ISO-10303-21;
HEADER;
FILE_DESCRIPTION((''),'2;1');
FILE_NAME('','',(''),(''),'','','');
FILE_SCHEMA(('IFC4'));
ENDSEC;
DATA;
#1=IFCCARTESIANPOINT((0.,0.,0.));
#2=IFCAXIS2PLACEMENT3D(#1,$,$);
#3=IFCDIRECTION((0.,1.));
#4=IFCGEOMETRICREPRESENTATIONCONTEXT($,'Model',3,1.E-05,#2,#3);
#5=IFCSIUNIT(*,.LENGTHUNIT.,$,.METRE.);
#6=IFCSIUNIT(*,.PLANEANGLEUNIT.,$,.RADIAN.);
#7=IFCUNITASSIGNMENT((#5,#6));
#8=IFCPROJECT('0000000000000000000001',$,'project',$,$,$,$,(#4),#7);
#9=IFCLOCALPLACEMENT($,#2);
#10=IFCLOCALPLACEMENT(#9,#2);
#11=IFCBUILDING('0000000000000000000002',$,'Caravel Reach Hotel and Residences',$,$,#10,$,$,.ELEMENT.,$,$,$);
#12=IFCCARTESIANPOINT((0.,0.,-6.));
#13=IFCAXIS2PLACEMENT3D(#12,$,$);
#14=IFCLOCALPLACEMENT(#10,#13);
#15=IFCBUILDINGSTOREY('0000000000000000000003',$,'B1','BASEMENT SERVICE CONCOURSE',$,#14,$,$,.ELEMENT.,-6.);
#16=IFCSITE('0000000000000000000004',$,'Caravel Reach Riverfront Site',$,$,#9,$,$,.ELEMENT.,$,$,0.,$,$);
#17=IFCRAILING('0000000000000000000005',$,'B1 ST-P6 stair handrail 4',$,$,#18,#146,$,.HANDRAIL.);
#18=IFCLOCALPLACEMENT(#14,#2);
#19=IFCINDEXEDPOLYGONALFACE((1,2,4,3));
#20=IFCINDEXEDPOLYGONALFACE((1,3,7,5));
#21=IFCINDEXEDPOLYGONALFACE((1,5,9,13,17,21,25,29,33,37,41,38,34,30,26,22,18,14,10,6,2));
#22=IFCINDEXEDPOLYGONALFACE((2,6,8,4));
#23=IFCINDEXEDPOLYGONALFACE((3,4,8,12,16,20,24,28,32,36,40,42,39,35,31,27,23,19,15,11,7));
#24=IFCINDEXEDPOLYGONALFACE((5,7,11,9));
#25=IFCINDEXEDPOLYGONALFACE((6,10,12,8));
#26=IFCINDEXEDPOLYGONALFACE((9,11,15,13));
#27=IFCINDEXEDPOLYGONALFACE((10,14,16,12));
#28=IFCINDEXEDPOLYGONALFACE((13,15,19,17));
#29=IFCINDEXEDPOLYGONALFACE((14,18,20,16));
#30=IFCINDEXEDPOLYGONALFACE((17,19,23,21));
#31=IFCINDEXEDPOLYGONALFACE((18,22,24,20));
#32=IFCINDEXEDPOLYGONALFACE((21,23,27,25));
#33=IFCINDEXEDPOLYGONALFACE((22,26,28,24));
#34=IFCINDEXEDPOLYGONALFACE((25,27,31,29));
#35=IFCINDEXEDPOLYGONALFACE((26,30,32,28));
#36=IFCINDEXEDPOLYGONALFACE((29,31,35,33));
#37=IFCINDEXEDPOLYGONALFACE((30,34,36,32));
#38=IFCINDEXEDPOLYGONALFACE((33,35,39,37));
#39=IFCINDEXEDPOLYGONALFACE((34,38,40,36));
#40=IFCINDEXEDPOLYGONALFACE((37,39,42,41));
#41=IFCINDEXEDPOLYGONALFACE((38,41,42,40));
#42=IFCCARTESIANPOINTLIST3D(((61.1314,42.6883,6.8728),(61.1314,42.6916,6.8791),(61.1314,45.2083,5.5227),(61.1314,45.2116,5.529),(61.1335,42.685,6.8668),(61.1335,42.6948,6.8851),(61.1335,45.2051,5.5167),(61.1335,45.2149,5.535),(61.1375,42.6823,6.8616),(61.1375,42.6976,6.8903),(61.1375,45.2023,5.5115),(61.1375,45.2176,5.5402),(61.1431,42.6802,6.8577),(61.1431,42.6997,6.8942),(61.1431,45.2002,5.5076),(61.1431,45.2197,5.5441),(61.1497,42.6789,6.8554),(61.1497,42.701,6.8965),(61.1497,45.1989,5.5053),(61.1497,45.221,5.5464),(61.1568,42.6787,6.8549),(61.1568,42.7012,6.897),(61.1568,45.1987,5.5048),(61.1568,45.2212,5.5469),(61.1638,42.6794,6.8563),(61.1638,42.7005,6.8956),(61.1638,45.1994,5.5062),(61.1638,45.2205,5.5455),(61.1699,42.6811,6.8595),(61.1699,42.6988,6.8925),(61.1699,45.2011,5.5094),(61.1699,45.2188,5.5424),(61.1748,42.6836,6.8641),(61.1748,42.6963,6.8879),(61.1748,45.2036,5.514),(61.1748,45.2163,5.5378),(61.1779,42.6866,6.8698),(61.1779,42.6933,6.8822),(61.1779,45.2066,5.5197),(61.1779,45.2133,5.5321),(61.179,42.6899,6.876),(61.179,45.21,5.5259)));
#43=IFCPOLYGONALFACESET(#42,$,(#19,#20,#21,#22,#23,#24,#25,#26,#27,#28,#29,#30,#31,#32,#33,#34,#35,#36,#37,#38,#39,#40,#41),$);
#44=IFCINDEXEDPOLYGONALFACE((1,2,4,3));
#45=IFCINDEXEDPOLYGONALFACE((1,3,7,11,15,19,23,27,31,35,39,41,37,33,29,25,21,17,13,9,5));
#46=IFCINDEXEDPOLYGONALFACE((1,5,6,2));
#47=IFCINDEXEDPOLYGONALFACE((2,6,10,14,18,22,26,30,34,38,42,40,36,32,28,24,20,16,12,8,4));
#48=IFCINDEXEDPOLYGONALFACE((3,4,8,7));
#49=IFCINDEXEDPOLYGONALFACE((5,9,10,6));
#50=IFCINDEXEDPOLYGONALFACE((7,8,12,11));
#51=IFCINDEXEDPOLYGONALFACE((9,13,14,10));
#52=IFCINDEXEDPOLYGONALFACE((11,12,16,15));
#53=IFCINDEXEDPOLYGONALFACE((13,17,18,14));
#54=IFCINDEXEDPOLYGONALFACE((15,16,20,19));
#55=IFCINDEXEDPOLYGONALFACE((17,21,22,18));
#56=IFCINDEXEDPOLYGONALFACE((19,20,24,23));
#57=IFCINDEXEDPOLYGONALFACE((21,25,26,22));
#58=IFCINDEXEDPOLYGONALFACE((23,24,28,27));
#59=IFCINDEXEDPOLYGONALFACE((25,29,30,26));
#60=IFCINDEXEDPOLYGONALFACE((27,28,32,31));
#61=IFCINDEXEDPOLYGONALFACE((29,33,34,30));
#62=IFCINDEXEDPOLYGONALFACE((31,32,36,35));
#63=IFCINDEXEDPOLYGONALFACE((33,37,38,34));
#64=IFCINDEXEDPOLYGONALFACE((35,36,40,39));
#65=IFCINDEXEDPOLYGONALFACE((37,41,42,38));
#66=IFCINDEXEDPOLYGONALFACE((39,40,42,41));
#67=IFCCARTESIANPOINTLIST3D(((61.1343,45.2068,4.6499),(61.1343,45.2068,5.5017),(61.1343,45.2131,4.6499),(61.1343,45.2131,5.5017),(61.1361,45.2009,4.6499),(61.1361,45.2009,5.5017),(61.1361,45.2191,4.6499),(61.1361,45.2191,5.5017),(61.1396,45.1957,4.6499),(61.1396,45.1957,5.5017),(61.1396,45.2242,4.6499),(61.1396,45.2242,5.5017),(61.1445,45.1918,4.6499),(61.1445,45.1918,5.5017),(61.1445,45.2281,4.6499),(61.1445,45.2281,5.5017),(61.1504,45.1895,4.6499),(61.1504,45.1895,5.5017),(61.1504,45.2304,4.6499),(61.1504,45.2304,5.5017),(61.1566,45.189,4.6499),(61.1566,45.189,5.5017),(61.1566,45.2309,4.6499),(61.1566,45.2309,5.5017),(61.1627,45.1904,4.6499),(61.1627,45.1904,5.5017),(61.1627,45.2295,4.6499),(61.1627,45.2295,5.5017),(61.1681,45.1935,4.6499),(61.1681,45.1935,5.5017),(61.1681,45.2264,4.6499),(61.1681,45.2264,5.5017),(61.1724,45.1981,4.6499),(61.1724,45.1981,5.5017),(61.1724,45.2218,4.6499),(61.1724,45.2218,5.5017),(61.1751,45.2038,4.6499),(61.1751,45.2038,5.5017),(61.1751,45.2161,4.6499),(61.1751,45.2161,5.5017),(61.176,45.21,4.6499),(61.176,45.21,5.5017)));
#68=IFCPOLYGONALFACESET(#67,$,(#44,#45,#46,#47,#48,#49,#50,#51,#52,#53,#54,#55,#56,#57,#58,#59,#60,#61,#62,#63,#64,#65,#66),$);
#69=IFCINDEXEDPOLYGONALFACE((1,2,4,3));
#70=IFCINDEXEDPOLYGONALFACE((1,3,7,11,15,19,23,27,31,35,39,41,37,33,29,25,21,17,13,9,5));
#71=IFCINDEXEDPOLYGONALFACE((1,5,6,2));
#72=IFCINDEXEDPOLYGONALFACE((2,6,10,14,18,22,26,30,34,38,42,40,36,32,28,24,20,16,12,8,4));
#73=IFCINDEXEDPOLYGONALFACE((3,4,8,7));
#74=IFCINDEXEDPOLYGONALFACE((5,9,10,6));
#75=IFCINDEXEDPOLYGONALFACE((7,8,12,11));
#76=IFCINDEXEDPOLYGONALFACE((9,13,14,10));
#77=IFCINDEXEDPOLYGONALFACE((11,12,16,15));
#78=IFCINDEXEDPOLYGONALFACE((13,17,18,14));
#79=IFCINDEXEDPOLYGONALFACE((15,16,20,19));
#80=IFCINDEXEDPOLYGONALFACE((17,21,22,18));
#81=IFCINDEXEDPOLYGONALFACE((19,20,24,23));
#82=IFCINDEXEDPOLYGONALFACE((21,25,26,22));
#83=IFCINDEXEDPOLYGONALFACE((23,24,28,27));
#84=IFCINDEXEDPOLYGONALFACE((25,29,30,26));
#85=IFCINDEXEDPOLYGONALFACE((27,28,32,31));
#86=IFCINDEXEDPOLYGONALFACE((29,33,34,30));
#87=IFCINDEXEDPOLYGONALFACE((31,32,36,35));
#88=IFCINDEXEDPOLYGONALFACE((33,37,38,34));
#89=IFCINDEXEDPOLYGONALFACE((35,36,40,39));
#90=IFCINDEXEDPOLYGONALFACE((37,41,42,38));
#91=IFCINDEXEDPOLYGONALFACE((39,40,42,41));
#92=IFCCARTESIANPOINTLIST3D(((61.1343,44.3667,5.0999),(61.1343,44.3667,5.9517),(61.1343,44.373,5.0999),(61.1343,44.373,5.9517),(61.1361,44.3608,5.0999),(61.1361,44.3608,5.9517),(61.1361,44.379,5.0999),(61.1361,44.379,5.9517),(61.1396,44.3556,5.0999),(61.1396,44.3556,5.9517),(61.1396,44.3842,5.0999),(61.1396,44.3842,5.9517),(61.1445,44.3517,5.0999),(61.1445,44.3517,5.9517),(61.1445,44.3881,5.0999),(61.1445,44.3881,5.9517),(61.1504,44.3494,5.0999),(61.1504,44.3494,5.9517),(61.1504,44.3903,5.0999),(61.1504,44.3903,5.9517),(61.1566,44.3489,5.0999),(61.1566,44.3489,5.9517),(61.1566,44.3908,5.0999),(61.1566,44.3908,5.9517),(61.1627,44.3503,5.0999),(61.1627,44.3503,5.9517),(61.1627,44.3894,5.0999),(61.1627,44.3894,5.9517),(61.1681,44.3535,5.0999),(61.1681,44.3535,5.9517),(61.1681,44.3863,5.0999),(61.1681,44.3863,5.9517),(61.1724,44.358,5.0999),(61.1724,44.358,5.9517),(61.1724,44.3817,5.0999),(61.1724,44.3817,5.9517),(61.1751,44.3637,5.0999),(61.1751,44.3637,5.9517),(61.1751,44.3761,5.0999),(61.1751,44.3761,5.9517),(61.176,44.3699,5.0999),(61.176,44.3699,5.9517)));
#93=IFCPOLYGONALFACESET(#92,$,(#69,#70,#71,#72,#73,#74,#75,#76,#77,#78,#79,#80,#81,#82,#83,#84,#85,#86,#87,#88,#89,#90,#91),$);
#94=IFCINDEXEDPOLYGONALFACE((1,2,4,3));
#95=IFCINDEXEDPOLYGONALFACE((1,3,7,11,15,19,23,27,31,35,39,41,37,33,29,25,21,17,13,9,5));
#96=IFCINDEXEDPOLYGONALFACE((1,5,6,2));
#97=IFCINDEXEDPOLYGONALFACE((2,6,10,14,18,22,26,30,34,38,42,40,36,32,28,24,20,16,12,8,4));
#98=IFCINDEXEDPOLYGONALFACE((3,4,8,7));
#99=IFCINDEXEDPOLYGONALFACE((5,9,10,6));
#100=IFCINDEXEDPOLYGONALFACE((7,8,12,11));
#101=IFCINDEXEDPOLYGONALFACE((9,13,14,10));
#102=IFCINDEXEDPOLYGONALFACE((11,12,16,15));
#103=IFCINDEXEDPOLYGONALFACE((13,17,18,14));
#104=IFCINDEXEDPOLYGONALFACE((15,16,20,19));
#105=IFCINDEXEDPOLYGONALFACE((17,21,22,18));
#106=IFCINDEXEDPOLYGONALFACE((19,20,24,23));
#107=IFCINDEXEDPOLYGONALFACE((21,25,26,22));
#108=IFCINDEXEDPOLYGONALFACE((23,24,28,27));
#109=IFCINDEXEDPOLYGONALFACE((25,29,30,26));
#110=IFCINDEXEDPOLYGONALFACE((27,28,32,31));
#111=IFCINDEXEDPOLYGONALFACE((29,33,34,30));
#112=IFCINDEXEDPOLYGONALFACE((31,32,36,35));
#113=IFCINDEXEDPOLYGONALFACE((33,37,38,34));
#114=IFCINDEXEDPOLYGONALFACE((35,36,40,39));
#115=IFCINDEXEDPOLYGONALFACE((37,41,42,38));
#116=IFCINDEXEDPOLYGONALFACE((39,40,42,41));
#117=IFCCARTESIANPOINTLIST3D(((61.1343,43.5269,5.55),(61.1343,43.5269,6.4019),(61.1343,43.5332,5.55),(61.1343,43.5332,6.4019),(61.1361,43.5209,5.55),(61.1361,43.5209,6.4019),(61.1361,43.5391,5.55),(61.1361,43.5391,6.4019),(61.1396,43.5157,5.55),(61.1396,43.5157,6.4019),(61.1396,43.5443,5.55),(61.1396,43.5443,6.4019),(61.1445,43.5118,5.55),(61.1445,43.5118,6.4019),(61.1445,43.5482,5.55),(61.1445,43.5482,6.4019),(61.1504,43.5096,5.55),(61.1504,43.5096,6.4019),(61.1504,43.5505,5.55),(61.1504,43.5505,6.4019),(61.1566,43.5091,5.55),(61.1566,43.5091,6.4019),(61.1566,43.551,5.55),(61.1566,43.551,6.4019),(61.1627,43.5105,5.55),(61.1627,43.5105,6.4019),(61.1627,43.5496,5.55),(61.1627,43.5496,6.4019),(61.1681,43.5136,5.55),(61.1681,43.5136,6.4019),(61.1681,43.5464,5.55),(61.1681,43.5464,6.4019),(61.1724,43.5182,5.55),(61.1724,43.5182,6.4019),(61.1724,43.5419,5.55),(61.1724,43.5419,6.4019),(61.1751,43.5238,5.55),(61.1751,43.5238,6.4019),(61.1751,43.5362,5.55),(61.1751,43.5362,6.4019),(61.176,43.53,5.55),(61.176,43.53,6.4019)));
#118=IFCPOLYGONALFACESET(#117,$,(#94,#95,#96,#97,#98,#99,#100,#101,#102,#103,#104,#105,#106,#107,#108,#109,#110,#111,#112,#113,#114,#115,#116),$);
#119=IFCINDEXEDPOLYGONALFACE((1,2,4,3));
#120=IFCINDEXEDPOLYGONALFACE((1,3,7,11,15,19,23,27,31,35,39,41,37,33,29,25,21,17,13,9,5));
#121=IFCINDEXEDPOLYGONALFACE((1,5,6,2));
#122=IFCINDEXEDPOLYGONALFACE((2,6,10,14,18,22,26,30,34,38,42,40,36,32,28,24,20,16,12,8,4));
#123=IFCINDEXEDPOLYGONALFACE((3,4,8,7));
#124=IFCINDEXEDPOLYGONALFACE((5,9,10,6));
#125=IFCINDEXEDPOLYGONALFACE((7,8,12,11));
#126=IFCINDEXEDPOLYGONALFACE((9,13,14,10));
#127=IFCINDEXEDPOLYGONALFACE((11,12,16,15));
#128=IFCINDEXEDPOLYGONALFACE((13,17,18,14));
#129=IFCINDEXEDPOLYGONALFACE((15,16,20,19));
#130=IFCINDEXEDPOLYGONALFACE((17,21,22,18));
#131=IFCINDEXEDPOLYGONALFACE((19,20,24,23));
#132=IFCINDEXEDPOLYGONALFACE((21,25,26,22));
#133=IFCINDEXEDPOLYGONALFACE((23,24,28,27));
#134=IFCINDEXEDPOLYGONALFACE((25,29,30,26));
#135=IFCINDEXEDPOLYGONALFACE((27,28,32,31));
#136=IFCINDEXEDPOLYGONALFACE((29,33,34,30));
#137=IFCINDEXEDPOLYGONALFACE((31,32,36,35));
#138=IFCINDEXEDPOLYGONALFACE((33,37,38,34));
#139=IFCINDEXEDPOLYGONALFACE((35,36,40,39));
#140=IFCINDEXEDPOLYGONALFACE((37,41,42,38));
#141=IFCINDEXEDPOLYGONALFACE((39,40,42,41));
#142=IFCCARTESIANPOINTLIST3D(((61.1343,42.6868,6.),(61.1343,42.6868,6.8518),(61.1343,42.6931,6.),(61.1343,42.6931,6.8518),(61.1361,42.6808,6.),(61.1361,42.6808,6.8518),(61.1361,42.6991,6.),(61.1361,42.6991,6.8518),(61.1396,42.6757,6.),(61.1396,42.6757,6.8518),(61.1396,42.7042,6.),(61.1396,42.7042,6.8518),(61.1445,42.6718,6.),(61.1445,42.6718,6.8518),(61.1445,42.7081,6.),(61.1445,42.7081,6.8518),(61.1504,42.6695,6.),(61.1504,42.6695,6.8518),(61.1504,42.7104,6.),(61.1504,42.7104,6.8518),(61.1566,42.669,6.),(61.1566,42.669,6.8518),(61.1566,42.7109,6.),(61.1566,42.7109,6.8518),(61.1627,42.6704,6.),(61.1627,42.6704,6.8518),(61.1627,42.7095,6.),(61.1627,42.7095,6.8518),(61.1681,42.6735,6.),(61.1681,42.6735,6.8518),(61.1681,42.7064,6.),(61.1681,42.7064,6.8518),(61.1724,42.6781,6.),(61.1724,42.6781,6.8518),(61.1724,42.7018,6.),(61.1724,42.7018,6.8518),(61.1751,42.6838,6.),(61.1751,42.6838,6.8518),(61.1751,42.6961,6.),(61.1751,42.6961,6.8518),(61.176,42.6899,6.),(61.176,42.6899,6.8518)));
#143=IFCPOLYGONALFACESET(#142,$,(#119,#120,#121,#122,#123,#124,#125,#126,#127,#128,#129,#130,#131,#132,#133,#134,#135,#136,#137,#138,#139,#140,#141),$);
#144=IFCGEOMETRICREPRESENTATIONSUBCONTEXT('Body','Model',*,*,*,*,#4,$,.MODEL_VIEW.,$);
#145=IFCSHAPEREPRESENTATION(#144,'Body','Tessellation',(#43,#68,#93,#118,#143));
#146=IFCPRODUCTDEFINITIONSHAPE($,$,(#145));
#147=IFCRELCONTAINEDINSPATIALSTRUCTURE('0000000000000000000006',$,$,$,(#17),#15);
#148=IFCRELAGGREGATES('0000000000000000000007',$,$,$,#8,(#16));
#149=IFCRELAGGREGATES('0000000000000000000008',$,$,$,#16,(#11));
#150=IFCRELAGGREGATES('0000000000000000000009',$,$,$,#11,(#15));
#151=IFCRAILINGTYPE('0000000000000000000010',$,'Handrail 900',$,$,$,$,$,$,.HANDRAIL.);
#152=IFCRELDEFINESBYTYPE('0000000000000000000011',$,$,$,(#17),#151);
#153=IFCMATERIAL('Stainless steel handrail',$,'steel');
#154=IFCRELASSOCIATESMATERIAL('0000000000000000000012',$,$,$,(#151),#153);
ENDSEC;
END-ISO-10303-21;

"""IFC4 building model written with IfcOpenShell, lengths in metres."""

from ifc_helpers import new_model, si_unit, direction, frame, origin, origin_2d, place, context, subcontext, project, spatial, circle, extrude, material, type_object, element, save


model = new_model("IFC4")

# Units and contexts
model_context = context("Model", 3, precision=1e-05, world=origin(), true_north=direction((0.0, 1.0)))
body_context = subcontext(model_context, "Body", "Model", "MODEL_VIEW")
ifc_project = project(units=[si_unit("LENGTHUNIT", "METRE"), si_unit("PLANEANGLEUNIT", "RADIAN")], contexts=[model_context])

# Site, building, storey
site_placement = place(None, origin())
site = spatial("IfcSite", under=ifc_project, at=site_placement, Name="Caravel Reach Riverfront Site", CompositionType="ELEMENT", RefElevation=0.0)
building_placement = place(site_placement, origin())
building = spatial("IfcBuilding", under=site, at=building_placement, Name="Caravel Reach Hotel and Residences", CompositionType="ELEMENT")
storey_placement = place(building_placement, frame((0.0, 0.0, -6.0)))
storey = spatial("IfcBuildingStorey", under=building, at=storey_placement, Name="B1", Description="BASEMENT SERVICE CONCOURSE", CompositionType="ELEMENT", Elevation=-6.0)

# Railing
ifc_material_1 = material(Name="Stainless steel handrail", Category="steel")
railing_type_1 = type_object("IfcRailingType", Name="Handrail 900", PredefinedType="HANDRAIL", material=ifc_material_1)
railing_1_placement = place(storey_placement, frame((61.155, 45.21, 4.6499)))
element("IfcRailing", 1, at=railing_1_placement, inside=storey, type_object=railing_type_1, Name="B1 ST-P6 stair handrail 4", PredefinedType="HANDRAIL", context=body_context, shape_type="SweptSolid", body=[
    extrude(circle(Radius=0.0239, at=origin_2d()), frame((0.0, 0.0, 0.876), z_axis=(0.0, -0.881467, 0.472245), x_axis=(1.0, 0.0, 0.0)), (0.0, 0.0, 1.0), 2.8589),
    extrude(circle(Radius=0.021, at=origin_2d()), origin(), (0.0, 0.0, 1.0), 0.8518),
    extrude(circle(Radius=0.021, at=origin_2d()), frame((0.0, -0.8401, 0.45)), (0.0, 0.0, 1.0), 0.8518),
    extrude(circle(Radius=0.021, at=origin_2d()), frame((0.0, -1.6799, 0.9001)), (0.0, 0.0, 1.0), 0.8518),
    extrude(circle(Radius=0.021, at=origin_2d()), frame((0.0, -2.52, 1.3501)), (0.0, 0.0, 1.0), 0.8518),
])

save(model, "model.ifc")
